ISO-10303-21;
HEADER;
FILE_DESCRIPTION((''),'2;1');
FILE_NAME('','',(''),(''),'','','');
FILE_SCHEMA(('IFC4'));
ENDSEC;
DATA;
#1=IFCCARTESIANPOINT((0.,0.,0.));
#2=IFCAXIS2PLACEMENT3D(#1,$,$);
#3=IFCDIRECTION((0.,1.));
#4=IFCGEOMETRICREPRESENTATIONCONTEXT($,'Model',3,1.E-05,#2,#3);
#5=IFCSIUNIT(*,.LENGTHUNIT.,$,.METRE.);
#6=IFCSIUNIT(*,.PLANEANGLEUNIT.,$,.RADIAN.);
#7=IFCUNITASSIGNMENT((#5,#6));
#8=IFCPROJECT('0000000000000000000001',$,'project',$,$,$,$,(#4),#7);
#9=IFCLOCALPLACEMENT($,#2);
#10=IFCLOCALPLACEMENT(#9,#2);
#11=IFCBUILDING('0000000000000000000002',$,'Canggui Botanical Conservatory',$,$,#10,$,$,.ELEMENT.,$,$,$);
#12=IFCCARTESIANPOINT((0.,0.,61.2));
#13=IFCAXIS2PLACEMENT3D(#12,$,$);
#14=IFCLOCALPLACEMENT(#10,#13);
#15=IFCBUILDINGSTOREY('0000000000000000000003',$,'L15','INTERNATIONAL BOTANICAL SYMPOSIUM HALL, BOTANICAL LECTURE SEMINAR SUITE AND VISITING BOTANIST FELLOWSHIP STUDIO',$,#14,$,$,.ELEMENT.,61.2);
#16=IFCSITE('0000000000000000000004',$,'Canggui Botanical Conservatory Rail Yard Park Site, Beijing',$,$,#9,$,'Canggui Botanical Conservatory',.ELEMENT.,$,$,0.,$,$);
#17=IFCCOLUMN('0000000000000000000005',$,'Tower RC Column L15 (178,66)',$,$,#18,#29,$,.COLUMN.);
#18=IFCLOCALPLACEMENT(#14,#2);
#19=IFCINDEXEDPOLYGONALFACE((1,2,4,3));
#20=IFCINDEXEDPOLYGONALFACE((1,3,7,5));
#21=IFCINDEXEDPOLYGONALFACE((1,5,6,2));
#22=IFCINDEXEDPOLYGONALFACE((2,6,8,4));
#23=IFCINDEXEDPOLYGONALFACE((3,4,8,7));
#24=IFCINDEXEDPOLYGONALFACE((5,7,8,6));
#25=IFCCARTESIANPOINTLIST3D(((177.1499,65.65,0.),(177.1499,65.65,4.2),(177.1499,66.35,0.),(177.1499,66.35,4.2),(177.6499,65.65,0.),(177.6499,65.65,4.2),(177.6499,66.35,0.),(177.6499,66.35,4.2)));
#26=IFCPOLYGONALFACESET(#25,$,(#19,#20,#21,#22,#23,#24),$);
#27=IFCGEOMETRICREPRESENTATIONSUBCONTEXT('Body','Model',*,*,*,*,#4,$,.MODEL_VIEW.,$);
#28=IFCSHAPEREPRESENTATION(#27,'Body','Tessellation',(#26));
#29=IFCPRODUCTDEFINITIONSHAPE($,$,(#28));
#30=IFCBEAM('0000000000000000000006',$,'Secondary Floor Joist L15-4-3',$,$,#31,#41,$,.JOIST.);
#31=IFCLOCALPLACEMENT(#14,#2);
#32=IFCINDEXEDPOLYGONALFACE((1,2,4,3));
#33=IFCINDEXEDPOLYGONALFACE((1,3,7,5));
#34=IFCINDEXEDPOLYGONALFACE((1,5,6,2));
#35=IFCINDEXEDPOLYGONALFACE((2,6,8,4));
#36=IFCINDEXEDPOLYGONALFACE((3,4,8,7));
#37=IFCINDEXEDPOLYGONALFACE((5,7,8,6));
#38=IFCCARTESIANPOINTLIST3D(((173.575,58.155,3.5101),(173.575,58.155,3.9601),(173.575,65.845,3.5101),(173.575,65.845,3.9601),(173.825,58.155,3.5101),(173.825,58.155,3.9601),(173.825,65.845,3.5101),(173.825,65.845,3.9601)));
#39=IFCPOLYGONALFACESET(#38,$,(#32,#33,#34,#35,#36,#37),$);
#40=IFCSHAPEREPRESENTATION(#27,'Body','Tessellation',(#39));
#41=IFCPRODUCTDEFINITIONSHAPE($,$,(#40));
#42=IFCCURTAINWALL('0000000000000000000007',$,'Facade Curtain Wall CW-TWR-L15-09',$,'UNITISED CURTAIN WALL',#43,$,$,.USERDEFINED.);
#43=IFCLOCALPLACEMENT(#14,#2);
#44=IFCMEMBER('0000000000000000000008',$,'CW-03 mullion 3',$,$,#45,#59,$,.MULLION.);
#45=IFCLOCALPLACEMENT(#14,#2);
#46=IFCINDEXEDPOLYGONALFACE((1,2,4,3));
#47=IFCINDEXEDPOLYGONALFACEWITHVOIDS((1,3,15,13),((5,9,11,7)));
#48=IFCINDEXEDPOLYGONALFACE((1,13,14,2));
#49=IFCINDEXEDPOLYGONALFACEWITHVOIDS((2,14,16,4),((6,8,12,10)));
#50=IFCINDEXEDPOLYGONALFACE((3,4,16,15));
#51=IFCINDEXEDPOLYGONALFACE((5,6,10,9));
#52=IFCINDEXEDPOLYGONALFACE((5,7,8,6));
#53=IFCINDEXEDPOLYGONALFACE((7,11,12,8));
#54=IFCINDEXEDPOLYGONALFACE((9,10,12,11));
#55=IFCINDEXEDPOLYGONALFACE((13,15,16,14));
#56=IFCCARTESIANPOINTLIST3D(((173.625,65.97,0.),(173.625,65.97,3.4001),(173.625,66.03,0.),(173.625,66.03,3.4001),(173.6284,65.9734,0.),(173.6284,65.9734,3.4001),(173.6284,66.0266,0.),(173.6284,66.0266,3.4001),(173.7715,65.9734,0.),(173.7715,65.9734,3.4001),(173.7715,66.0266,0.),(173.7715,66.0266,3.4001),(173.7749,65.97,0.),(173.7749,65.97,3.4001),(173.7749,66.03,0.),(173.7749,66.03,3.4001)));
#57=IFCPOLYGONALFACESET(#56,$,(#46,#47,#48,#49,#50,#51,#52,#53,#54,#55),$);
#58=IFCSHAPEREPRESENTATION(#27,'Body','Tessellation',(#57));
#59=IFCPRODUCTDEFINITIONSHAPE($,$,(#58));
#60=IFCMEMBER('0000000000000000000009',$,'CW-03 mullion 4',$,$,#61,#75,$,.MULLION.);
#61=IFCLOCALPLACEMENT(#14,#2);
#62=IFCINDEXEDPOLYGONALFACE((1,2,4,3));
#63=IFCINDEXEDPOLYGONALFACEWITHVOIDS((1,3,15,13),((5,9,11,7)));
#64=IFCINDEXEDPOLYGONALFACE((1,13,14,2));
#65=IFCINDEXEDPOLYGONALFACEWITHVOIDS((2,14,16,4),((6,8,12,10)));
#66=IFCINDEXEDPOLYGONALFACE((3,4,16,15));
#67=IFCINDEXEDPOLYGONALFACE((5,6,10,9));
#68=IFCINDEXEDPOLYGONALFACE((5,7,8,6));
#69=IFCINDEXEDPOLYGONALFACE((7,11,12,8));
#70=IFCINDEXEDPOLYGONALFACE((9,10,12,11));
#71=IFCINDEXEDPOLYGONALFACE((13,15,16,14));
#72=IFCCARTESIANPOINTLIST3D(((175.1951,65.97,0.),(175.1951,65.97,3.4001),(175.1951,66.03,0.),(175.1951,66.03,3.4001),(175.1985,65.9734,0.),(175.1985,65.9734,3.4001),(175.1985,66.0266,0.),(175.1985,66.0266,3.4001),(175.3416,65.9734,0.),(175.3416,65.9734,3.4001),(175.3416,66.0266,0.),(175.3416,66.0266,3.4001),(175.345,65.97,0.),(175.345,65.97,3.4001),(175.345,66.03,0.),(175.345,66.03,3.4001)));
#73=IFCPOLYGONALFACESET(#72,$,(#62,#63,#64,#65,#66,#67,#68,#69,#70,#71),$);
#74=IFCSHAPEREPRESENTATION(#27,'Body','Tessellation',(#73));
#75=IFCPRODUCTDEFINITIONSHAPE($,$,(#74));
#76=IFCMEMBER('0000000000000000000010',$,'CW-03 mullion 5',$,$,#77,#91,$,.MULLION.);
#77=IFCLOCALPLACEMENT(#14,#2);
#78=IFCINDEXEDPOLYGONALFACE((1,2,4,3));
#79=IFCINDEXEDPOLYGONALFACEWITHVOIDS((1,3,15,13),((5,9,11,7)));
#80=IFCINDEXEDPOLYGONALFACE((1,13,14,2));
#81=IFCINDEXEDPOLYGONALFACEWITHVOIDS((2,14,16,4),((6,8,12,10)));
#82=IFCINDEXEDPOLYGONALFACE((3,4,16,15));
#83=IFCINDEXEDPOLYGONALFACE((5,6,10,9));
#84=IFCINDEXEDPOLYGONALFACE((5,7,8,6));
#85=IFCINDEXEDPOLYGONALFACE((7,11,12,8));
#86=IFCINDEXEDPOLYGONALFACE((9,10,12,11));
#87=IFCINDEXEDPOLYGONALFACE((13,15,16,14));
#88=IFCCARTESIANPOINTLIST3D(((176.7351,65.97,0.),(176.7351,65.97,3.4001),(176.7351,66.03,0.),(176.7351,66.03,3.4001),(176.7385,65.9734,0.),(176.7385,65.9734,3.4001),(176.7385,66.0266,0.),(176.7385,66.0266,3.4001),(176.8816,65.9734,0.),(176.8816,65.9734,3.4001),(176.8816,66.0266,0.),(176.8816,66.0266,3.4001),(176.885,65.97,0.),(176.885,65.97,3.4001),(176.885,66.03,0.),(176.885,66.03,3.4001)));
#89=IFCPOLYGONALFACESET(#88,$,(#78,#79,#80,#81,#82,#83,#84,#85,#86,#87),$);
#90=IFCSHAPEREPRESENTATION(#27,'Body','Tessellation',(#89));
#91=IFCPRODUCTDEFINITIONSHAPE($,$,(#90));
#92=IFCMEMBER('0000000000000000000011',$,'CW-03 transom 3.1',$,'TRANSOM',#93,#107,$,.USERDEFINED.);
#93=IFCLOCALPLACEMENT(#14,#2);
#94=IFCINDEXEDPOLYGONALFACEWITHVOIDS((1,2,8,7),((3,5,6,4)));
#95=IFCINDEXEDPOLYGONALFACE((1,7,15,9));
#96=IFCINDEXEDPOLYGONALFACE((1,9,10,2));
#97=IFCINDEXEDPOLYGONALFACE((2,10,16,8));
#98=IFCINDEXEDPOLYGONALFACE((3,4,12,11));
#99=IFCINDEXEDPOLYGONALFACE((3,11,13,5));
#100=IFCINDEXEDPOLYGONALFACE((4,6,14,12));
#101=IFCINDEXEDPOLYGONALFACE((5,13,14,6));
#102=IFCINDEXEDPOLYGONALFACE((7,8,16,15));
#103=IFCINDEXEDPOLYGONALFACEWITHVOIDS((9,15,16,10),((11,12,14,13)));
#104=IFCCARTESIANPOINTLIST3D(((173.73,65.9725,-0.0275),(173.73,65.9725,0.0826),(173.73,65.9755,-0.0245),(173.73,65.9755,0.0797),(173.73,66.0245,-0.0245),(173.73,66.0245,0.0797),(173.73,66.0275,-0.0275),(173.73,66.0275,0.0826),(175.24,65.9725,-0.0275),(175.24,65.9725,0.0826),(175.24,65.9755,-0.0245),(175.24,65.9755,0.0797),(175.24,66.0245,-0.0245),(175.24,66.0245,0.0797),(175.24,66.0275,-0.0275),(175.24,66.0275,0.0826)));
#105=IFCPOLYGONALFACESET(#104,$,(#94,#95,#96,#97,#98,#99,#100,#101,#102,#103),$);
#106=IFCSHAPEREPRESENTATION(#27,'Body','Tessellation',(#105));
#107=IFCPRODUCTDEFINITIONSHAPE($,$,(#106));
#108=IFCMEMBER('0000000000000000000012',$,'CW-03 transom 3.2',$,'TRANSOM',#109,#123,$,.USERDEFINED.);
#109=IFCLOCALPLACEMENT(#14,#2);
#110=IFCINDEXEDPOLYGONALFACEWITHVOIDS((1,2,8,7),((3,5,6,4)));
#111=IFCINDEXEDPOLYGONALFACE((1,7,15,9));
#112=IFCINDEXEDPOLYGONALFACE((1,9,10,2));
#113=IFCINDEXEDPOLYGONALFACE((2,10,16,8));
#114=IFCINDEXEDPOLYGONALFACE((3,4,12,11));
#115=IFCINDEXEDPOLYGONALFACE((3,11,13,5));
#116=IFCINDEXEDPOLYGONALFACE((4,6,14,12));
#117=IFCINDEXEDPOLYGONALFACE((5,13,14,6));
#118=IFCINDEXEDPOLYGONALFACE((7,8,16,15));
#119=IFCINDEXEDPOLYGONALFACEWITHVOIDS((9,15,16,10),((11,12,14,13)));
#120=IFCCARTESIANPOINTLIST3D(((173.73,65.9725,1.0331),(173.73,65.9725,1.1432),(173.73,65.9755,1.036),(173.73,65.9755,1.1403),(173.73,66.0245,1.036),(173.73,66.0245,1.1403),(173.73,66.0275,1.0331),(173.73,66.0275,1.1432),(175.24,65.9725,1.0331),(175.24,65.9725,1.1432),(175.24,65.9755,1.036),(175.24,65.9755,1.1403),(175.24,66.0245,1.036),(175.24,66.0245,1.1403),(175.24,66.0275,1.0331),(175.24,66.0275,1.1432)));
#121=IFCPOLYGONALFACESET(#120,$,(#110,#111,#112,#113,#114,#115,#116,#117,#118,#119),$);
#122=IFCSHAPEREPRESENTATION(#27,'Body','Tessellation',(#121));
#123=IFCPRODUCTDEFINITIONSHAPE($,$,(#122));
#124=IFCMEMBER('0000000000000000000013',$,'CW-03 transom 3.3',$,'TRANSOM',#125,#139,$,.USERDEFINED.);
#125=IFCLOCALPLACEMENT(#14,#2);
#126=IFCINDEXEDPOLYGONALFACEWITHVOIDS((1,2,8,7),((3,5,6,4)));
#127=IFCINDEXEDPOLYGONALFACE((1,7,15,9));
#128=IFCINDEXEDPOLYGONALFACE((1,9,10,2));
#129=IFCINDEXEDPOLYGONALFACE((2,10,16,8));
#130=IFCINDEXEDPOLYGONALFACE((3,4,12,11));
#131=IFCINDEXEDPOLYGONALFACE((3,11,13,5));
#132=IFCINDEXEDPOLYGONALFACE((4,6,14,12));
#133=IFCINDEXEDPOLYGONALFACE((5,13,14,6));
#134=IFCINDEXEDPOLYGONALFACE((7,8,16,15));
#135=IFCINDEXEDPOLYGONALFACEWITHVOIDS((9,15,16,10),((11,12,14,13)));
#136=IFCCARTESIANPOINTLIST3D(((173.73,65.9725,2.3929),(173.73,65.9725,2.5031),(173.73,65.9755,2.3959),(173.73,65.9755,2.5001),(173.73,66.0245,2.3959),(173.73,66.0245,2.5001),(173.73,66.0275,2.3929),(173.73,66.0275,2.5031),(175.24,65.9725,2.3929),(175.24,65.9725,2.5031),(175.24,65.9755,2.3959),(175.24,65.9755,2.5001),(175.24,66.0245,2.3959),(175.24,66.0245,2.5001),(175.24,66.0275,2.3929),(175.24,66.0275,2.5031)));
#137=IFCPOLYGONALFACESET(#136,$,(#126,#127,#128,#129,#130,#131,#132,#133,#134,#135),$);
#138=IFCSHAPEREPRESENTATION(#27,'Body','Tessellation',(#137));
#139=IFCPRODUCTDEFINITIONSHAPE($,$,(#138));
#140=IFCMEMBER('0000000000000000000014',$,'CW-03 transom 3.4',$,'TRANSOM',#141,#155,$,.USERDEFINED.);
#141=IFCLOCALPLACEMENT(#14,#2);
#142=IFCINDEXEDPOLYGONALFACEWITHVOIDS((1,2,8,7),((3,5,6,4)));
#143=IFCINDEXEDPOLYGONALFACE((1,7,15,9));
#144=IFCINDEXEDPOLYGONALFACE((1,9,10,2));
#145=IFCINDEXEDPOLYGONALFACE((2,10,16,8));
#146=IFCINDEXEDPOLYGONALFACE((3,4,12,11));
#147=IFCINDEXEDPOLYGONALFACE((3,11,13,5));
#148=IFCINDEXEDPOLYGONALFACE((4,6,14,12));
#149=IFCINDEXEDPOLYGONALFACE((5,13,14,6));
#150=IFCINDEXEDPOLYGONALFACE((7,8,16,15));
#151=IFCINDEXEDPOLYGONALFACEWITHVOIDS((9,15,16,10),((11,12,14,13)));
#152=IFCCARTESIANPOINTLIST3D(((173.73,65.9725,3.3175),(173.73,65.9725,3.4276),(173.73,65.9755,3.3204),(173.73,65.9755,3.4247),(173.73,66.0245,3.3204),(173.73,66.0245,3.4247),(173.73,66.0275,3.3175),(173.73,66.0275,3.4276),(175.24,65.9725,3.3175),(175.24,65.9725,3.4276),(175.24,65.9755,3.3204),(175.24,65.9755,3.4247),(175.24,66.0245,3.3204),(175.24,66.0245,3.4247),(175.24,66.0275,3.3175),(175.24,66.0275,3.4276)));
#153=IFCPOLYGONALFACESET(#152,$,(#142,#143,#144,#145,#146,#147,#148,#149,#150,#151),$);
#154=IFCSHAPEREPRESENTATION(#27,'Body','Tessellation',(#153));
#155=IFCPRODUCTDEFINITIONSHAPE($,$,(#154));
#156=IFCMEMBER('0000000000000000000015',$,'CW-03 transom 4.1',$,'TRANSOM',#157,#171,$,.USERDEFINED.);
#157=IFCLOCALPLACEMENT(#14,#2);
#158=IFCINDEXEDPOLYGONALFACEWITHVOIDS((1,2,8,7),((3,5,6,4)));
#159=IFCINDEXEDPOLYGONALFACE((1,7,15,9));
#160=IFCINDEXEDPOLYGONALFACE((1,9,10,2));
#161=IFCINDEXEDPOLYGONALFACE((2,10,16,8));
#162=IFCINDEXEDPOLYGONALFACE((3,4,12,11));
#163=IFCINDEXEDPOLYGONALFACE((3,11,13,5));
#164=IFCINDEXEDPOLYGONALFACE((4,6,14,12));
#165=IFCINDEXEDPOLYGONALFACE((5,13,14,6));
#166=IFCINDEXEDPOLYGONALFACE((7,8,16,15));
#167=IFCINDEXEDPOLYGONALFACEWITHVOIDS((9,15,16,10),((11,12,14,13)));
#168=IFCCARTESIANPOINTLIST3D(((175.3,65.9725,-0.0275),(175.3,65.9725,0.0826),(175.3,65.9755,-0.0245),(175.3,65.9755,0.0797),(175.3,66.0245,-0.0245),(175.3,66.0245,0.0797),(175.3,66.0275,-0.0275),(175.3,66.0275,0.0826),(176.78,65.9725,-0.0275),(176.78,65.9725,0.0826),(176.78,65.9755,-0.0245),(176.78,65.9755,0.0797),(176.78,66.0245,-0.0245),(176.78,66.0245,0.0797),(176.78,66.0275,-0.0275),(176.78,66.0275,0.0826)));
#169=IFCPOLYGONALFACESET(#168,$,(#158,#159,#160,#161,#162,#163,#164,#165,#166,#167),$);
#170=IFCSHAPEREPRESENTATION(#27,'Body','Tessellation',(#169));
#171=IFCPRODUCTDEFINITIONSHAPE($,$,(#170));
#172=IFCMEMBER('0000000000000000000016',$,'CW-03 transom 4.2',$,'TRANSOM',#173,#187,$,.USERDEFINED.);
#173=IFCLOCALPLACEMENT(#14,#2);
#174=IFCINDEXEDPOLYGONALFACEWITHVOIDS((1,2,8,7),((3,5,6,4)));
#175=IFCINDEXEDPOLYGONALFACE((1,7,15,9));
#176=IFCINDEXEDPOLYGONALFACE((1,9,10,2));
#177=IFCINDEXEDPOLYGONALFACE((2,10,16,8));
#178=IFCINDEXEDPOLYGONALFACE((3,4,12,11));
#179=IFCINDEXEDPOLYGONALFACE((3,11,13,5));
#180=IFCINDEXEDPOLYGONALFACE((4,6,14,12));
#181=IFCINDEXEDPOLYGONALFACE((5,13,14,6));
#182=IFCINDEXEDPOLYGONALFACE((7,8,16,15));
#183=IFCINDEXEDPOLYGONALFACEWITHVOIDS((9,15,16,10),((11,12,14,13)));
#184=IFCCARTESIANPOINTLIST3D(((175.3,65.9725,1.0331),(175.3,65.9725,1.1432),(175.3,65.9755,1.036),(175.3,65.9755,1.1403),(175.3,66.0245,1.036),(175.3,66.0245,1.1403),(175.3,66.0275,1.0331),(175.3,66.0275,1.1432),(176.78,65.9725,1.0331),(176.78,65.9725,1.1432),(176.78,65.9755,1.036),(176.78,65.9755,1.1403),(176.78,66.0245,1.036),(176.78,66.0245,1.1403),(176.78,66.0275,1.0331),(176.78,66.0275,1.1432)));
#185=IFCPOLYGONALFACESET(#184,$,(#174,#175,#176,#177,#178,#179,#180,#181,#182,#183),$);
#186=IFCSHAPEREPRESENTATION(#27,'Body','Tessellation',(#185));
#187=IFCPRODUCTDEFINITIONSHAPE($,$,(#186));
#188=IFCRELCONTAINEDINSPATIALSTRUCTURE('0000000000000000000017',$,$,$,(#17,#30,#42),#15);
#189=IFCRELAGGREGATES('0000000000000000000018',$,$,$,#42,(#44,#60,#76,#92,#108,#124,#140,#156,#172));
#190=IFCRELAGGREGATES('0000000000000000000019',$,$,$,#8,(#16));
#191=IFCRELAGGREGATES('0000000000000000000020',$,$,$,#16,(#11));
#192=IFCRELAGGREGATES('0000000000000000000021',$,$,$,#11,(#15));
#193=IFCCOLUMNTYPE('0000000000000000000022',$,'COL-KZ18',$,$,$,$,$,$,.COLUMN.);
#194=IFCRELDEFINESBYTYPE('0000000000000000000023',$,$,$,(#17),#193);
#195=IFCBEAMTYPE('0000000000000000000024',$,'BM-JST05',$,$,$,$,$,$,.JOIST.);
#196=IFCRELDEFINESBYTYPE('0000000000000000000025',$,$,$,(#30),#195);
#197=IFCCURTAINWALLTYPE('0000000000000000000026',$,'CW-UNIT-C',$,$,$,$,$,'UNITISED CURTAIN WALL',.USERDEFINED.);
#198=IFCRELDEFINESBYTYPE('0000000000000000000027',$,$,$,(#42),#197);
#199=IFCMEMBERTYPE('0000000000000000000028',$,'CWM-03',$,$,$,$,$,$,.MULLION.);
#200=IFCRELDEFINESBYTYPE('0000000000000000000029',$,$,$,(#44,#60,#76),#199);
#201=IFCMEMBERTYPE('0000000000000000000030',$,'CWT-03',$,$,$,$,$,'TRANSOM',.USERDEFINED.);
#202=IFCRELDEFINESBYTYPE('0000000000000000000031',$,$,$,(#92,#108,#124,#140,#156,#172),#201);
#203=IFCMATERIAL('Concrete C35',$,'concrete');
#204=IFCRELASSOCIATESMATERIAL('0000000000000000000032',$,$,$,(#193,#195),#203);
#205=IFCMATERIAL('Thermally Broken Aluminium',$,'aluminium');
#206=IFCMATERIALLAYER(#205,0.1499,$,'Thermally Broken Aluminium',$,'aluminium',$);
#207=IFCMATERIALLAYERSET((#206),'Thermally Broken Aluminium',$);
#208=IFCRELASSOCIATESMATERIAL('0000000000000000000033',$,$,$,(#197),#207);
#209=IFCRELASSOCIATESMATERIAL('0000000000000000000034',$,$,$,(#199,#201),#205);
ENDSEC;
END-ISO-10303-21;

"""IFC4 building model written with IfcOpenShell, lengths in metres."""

from ifc_helpers import new_model, si_unit, direction, frame, origin, origin_2d, place, context, subcontext, project, spatial, rectangle, hollow_rectangle, extrude, material, layer, layer_set, material_profile, profile_set, type_object, element, aggregate, save


model = new_model("IFC4")

# Units and contexts
model_context = context("Model", 3, precision=1e-05, world=origin(), true_north=direction((0.0, 1.0)))
body_context = subcontext(model_context, "Body", "Model", "MODEL_VIEW")
ifc_project = project(units=[si_unit("LENGTHUNIT", "METRE"), si_unit("PLANEANGLEUNIT", "RADIAN")], contexts=[model_context])

# Site, building, storey
site_placement = place(None, origin())
site = spatial("IfcSite", under=ifc_project, at=site_placement, Name="Canggui Botanical Conservatory Rail Yard Park Site, Beijing", LongName="Canggui Botanical Conservatory", CompositionType="ELEMENT", RefElevation=0.0)
building_placement = place(site_placement, origin())
building = spatial("IfcBuilding", under=site, at=building_placement, Name="Canggui Botanical Conservatory", CompositionType="ELEMENT")
storey_placement = place(building_placement, frame((0.0, 0.0, 61.2)))
storey = spatial("IfcBuildingStorey", under=building, at=storey_placement, Name="L15", Description="INTERNATIONAL BOTANICAL SYMPOSIUM HALL, BOTANICAL LECTURE SEMINAR SUITE AND VISITING BOTANIST FELLOWSHIP STUDIO", CompositionType="ELEMENT", Elevation=61.2)

# Column
ifc_material_1 = material(Name="Concrete C35", Category="concrete")
ifc_material_profile_1 = material_profile(ifc_material_1, rectangle(XDim=0.5, YDim=0.7, at=origin_2d()), Name="RC 500x700")
ifc_profile_set_1 = profile_set([ifc_material_profile_1], Name="Concrete C35")
column_type = type_object("IfcColumnType", Name="COL-KZ18", PredefinedType="COLUMN", material=ifc_profile_set_1)
column_placement = place(storey_placement, frame((177.3999, 66.0, 0.0), z_axis=(0.0, 0.0, 1.0), x_axis=(1.0, 0.0, 0.0)))
element("IfcColumn", 1, at=column_placement, inside=storey, type_object=column_type, Name="Tower RC Column L15 (178,66)", PredefinedType="COLUMN", context=body_context, shape_type="SweptSolid", body=[
    extrude(rectangle(XDim=0.5, YDim=0.7, at=origin_2d()), origin(), (0.0, 0.0, 1.0), 4.2),
])

# Beam
ifc_material_profile_2 = material_profile(ifc_material_1, rectangle(XDim=0.25, YDim=0.45, at=origin_2d()), Name="RB 250x450")
ifc_profile_set_2 = profile_set([ifc_material_profile_2], Name="Concrete C35")
beam_type = type_object("IfcBeamType", Name="BM-JST05", PredefinedType="JOIST", material=ifc_profile_set_2)
beam_placement = place(storey_placement, frame((173.7, 58.155, 3.7351), z_axis=(0.0, 1.0, 0.0), x_axis=(-1.0, 0.0, 0.0)))
element("IfcBeam", 2, at=beam_placement, inside=storey, type_object=beam_type, Name="Secondary Floor Joist L15-4-3", PredefinedType="JOIST", context=body_context, shape_type="SweptSolid", body=[
    extrude(rectangle(XDim=0.25, YDim=0.45, at=origin_2d()), origin(), (0.0, 0.0, 1.0), 7.6899),
])

# Curtain wall, members
ifc_material_2 = material(Name="Thermally Broken Aluminium", Category="aluminium")
ifc_layer_1 = layer(ifc_material_2, 0.1499, Name="Thermally Broken Aluminium", Category="aluminium")
ifc_layer_set_1 = layer_set([ifc_layer_1], Name="Thermally Broken Aluminium")
curtain_wall_type = type_object("IfcCurtainWallType", Name="CW-UNIT-C", ElementType="UNITISED CURTAIN WALL", PredefinedType="USERDEFINED", material=ifc_layer_set_1)
curtain_wall_placement = place(storey_placement, origin())
curtain_wall = element("IfcCurtainWall", 3, at=curtain_wall_placement, inside=storey, type_object=curtain_wall_type, Name="Facade Curtain Wall CW-TWR-L15-09", ObjectType="UNITISED CURTAIN WALL", PredefinedType="USERDEFINED")
ifc_material_profile_3 = material_profile(ifc_material_2, hollow_rectangle(XDim=0.0601, YDim=0.1499, WallThickness=0.0034, at=origin_2d()), Name="CWM 60x150x3.5")
ifc_profile_set_3 = profile_set([ifc_material_profile_3], Name="Thermally Broken Aluminium")
member_type_1 = type_object("IfcMemberType", Name="CWM-03", PredefinedType="MULLION", material=ifc_profile_set_3)
member_1_placement = place(storey_placement, frame((173.7, 66.0, 0.0), z_axis=(0.0, 0.0, 1.0), x_axis=(0.0, 1.0, 0.0)))
member_1 = element("IfcMember", 4, at=member_1_placement, type_object=member_type_1, Name="CW-03 mullion 3", PredefinedType="MULLION", context=body_context, shape_type="SweptSolid", body=[
    extrude(hollow_rectangle(XDim=0.0601, YDim=0.1499, WallThickness=0.0034, at=origin_2d()), origin(), (0.0, 0.0, 1.0), 3.4001),
])
member_2_placement = place(storey_placement, frame((175.27, 66.0, 0.0), z_axis=(0.0, 0.0, 1.0), x_axis=(0.0, 1.0, 0.0)))
member_2 = element("IfcMember", 5, at=member_2_placement, type_object=member_type_1, Name="CW-03 mullion 4", PredefinedType="MULLION", context=body_context, shape_type="SweptSolid", body=[
    extrude(hollow_rectangle(XDim=0.0601, YDim=0.1499, WallThickness=0.0034, at=origin_2d()), origin(), (0.0, 0.0, 1.0), 3.4001),
])
member_3_placement = place(storey_placement, frame((176.8101, 66.0, 0.0), z_axis=(0.0, 0.0, 1.0), x_axis=(0.0, 1.0, 0.0)))
member_3 = element("IfcMember", 6, at=member_3_placement, type_object=member_type_1, Name="CW-03 mullion 5", PredefinedType="MULLION", context=body_context, shape_type="SweptSolid", body=[
    extrude(hollow_rectangle(XDim=0.0601, YDim=0.1499, WallThickness=0.0034, at=origin_2d()), origin(), (0.0, 0.0, 1.0), 3.4001),
])
ifc_material_profile_4 = material_profile(ifc_material_2, hollow_rectangle(XDim=0.0549, YDim=0.1101, WallThickness=0.0029, at=origin_2d()), Name="CWT 55x110x3")
ifc_profile_set_4 = profile_set([ifc_material_profile_4], Name="Thermally Broken Aluminium")
member_type_2 = type_object("IfcMemberType", Name="CWT-03", ElementType="TRANSOM", PredefinedType="USERDEFINED", material=ifc_profile_set_4)
member_4_placement = place(storey_placement, frame((173.73, 66.0, 0.0276), z_axis=(1.0, 0.0, 0.0), x_axis=(0.0, 1.0, 0.0)))
member_4 = element("IfcMember", 7, at=member_4_placement, type_object=member_type_2, Name="CW-03 transom 3.1", ObjectType="TRANSOM", PredefinedType="USERDEFINED", context=body_context, shape_type="SweptSolid", body=[
    extrude(hollow_rectangle(XDim=0.0549, YDim=0.1101, WallThickness=0.0029, at=origin_2d()), origin(), (0.0, 0.0, 1.0), 1.51),
])
member_5_placement = place(storey_placement, frame((173.73, 66.0, 1.0881), z_axis=(1.0, 0.0, 0.0), x_axis=(0.0, 1.0, 0.0)))
member_5 = element("IfcMember", 8, at=member_5_placement, type_object=member_type_2, Name="CW-03 transom 3.2", ObjectType="TRANSOM", PredefinedType="USERDEFINED", context=body_context, shape_type="SweptSolid", body=[
    extrude(hollow_rectangle(XDim=0.0549, YDim=0.1101, WallThickness=0.0029, at=origin_2d()), origin(), (0.0, 0.0, 1.0), 1.51),
])
member_6_placement = place(storey_placement, frame((173.73, 66.0, 2.448), z_axis=(1.0, 0.0, 0.0), x_axis=(0.0, 1.0, 0.0)))
member_6 = element("IfcMember", 9, at=member_6_placement, type_object=member_type_2, Name="CW-03 transom 3.3", ObjectType="TRANSOM", PredefinedType="USERDEFINED", context=body_context, shape_type="SweptSolid", body=[
    extrude(hollow_rectangle(XDim=0.0549, YDim=0.1101, WallThickness=0.0029, at=origin_2d()), origin(), (0.0, 0.0, 1.0), 1.51),
])
member_7_placement = place(storey_placement, frame((173.73, 66.0, 3.3726), z_axis=(1.0, 0.0, 0.0), x_axis=(0.0, 1.0, 0.0)))
member_7 = element("IfcMember", 10, at=member_7_placement, type_object=member_type_2, Name="CW-03 transom 3.4", ObjectType="TRANSOM", PredefinedType="USERDEFINED", context=body_context, shape_type="SweptSolid", body=[
    extrude(hollow_rectangle(XDim=0.0549, YDim=0.1101, WallThickness=0.0029, at=origin_2d()), origin(), (0.0, 0.0, 1.0), 1.51),
])
member_8_placement = place(storey_placement, frame((175.3, 66.0, 0.0276), z_axis=(1.0, 0.0, 0.0), x_axis=(0.0, 1.0, 0.0)))
member_8 = element("IfcMember", 11, at=member_8_placement, type_object=member_type_2, Name="CW-03 transom 4.1", ObjectType="TRANSOM", PredefinedType="USERDEFINED", context=body_context, shape_type="SweptSolid", body=[
    extrude(hollow_rectangle(XDim=0.0549, YDim=0.1101, WallThickness=0.0029, at=origin_2d()), origin(), (0.0, 0.0, 1.0), 1.48),
])
member_9_placement = place(storey_placement, frame((175.3, 66.0, 1.0881), z_axis=(1.0, 0.0, 0.0), x_axis=(0.0, 1.0, 0.0)))
member_9 = element("IfcMember", 12, at=member_9_placement, type_object=member_type_2, Name="CW-03 transom 4.2", ObjectType="TRANSOM", PredefinedType="USERDEFINED", context=body_context, shape_type="SweptSolid", body=[
    extrude(hollow_rectangle(XDim=0.0549, YDim=0.1101, WallThickness=0.0029, at=origin_2d()), origin(), (0.0, 0.0, 1.0), 1.48),
])
aggregate(curtain_wall, [member_1, member_2, member_3, member_4, member_5, member_6, member_7, member_8, member_9])

save(model, "model.ifc")
